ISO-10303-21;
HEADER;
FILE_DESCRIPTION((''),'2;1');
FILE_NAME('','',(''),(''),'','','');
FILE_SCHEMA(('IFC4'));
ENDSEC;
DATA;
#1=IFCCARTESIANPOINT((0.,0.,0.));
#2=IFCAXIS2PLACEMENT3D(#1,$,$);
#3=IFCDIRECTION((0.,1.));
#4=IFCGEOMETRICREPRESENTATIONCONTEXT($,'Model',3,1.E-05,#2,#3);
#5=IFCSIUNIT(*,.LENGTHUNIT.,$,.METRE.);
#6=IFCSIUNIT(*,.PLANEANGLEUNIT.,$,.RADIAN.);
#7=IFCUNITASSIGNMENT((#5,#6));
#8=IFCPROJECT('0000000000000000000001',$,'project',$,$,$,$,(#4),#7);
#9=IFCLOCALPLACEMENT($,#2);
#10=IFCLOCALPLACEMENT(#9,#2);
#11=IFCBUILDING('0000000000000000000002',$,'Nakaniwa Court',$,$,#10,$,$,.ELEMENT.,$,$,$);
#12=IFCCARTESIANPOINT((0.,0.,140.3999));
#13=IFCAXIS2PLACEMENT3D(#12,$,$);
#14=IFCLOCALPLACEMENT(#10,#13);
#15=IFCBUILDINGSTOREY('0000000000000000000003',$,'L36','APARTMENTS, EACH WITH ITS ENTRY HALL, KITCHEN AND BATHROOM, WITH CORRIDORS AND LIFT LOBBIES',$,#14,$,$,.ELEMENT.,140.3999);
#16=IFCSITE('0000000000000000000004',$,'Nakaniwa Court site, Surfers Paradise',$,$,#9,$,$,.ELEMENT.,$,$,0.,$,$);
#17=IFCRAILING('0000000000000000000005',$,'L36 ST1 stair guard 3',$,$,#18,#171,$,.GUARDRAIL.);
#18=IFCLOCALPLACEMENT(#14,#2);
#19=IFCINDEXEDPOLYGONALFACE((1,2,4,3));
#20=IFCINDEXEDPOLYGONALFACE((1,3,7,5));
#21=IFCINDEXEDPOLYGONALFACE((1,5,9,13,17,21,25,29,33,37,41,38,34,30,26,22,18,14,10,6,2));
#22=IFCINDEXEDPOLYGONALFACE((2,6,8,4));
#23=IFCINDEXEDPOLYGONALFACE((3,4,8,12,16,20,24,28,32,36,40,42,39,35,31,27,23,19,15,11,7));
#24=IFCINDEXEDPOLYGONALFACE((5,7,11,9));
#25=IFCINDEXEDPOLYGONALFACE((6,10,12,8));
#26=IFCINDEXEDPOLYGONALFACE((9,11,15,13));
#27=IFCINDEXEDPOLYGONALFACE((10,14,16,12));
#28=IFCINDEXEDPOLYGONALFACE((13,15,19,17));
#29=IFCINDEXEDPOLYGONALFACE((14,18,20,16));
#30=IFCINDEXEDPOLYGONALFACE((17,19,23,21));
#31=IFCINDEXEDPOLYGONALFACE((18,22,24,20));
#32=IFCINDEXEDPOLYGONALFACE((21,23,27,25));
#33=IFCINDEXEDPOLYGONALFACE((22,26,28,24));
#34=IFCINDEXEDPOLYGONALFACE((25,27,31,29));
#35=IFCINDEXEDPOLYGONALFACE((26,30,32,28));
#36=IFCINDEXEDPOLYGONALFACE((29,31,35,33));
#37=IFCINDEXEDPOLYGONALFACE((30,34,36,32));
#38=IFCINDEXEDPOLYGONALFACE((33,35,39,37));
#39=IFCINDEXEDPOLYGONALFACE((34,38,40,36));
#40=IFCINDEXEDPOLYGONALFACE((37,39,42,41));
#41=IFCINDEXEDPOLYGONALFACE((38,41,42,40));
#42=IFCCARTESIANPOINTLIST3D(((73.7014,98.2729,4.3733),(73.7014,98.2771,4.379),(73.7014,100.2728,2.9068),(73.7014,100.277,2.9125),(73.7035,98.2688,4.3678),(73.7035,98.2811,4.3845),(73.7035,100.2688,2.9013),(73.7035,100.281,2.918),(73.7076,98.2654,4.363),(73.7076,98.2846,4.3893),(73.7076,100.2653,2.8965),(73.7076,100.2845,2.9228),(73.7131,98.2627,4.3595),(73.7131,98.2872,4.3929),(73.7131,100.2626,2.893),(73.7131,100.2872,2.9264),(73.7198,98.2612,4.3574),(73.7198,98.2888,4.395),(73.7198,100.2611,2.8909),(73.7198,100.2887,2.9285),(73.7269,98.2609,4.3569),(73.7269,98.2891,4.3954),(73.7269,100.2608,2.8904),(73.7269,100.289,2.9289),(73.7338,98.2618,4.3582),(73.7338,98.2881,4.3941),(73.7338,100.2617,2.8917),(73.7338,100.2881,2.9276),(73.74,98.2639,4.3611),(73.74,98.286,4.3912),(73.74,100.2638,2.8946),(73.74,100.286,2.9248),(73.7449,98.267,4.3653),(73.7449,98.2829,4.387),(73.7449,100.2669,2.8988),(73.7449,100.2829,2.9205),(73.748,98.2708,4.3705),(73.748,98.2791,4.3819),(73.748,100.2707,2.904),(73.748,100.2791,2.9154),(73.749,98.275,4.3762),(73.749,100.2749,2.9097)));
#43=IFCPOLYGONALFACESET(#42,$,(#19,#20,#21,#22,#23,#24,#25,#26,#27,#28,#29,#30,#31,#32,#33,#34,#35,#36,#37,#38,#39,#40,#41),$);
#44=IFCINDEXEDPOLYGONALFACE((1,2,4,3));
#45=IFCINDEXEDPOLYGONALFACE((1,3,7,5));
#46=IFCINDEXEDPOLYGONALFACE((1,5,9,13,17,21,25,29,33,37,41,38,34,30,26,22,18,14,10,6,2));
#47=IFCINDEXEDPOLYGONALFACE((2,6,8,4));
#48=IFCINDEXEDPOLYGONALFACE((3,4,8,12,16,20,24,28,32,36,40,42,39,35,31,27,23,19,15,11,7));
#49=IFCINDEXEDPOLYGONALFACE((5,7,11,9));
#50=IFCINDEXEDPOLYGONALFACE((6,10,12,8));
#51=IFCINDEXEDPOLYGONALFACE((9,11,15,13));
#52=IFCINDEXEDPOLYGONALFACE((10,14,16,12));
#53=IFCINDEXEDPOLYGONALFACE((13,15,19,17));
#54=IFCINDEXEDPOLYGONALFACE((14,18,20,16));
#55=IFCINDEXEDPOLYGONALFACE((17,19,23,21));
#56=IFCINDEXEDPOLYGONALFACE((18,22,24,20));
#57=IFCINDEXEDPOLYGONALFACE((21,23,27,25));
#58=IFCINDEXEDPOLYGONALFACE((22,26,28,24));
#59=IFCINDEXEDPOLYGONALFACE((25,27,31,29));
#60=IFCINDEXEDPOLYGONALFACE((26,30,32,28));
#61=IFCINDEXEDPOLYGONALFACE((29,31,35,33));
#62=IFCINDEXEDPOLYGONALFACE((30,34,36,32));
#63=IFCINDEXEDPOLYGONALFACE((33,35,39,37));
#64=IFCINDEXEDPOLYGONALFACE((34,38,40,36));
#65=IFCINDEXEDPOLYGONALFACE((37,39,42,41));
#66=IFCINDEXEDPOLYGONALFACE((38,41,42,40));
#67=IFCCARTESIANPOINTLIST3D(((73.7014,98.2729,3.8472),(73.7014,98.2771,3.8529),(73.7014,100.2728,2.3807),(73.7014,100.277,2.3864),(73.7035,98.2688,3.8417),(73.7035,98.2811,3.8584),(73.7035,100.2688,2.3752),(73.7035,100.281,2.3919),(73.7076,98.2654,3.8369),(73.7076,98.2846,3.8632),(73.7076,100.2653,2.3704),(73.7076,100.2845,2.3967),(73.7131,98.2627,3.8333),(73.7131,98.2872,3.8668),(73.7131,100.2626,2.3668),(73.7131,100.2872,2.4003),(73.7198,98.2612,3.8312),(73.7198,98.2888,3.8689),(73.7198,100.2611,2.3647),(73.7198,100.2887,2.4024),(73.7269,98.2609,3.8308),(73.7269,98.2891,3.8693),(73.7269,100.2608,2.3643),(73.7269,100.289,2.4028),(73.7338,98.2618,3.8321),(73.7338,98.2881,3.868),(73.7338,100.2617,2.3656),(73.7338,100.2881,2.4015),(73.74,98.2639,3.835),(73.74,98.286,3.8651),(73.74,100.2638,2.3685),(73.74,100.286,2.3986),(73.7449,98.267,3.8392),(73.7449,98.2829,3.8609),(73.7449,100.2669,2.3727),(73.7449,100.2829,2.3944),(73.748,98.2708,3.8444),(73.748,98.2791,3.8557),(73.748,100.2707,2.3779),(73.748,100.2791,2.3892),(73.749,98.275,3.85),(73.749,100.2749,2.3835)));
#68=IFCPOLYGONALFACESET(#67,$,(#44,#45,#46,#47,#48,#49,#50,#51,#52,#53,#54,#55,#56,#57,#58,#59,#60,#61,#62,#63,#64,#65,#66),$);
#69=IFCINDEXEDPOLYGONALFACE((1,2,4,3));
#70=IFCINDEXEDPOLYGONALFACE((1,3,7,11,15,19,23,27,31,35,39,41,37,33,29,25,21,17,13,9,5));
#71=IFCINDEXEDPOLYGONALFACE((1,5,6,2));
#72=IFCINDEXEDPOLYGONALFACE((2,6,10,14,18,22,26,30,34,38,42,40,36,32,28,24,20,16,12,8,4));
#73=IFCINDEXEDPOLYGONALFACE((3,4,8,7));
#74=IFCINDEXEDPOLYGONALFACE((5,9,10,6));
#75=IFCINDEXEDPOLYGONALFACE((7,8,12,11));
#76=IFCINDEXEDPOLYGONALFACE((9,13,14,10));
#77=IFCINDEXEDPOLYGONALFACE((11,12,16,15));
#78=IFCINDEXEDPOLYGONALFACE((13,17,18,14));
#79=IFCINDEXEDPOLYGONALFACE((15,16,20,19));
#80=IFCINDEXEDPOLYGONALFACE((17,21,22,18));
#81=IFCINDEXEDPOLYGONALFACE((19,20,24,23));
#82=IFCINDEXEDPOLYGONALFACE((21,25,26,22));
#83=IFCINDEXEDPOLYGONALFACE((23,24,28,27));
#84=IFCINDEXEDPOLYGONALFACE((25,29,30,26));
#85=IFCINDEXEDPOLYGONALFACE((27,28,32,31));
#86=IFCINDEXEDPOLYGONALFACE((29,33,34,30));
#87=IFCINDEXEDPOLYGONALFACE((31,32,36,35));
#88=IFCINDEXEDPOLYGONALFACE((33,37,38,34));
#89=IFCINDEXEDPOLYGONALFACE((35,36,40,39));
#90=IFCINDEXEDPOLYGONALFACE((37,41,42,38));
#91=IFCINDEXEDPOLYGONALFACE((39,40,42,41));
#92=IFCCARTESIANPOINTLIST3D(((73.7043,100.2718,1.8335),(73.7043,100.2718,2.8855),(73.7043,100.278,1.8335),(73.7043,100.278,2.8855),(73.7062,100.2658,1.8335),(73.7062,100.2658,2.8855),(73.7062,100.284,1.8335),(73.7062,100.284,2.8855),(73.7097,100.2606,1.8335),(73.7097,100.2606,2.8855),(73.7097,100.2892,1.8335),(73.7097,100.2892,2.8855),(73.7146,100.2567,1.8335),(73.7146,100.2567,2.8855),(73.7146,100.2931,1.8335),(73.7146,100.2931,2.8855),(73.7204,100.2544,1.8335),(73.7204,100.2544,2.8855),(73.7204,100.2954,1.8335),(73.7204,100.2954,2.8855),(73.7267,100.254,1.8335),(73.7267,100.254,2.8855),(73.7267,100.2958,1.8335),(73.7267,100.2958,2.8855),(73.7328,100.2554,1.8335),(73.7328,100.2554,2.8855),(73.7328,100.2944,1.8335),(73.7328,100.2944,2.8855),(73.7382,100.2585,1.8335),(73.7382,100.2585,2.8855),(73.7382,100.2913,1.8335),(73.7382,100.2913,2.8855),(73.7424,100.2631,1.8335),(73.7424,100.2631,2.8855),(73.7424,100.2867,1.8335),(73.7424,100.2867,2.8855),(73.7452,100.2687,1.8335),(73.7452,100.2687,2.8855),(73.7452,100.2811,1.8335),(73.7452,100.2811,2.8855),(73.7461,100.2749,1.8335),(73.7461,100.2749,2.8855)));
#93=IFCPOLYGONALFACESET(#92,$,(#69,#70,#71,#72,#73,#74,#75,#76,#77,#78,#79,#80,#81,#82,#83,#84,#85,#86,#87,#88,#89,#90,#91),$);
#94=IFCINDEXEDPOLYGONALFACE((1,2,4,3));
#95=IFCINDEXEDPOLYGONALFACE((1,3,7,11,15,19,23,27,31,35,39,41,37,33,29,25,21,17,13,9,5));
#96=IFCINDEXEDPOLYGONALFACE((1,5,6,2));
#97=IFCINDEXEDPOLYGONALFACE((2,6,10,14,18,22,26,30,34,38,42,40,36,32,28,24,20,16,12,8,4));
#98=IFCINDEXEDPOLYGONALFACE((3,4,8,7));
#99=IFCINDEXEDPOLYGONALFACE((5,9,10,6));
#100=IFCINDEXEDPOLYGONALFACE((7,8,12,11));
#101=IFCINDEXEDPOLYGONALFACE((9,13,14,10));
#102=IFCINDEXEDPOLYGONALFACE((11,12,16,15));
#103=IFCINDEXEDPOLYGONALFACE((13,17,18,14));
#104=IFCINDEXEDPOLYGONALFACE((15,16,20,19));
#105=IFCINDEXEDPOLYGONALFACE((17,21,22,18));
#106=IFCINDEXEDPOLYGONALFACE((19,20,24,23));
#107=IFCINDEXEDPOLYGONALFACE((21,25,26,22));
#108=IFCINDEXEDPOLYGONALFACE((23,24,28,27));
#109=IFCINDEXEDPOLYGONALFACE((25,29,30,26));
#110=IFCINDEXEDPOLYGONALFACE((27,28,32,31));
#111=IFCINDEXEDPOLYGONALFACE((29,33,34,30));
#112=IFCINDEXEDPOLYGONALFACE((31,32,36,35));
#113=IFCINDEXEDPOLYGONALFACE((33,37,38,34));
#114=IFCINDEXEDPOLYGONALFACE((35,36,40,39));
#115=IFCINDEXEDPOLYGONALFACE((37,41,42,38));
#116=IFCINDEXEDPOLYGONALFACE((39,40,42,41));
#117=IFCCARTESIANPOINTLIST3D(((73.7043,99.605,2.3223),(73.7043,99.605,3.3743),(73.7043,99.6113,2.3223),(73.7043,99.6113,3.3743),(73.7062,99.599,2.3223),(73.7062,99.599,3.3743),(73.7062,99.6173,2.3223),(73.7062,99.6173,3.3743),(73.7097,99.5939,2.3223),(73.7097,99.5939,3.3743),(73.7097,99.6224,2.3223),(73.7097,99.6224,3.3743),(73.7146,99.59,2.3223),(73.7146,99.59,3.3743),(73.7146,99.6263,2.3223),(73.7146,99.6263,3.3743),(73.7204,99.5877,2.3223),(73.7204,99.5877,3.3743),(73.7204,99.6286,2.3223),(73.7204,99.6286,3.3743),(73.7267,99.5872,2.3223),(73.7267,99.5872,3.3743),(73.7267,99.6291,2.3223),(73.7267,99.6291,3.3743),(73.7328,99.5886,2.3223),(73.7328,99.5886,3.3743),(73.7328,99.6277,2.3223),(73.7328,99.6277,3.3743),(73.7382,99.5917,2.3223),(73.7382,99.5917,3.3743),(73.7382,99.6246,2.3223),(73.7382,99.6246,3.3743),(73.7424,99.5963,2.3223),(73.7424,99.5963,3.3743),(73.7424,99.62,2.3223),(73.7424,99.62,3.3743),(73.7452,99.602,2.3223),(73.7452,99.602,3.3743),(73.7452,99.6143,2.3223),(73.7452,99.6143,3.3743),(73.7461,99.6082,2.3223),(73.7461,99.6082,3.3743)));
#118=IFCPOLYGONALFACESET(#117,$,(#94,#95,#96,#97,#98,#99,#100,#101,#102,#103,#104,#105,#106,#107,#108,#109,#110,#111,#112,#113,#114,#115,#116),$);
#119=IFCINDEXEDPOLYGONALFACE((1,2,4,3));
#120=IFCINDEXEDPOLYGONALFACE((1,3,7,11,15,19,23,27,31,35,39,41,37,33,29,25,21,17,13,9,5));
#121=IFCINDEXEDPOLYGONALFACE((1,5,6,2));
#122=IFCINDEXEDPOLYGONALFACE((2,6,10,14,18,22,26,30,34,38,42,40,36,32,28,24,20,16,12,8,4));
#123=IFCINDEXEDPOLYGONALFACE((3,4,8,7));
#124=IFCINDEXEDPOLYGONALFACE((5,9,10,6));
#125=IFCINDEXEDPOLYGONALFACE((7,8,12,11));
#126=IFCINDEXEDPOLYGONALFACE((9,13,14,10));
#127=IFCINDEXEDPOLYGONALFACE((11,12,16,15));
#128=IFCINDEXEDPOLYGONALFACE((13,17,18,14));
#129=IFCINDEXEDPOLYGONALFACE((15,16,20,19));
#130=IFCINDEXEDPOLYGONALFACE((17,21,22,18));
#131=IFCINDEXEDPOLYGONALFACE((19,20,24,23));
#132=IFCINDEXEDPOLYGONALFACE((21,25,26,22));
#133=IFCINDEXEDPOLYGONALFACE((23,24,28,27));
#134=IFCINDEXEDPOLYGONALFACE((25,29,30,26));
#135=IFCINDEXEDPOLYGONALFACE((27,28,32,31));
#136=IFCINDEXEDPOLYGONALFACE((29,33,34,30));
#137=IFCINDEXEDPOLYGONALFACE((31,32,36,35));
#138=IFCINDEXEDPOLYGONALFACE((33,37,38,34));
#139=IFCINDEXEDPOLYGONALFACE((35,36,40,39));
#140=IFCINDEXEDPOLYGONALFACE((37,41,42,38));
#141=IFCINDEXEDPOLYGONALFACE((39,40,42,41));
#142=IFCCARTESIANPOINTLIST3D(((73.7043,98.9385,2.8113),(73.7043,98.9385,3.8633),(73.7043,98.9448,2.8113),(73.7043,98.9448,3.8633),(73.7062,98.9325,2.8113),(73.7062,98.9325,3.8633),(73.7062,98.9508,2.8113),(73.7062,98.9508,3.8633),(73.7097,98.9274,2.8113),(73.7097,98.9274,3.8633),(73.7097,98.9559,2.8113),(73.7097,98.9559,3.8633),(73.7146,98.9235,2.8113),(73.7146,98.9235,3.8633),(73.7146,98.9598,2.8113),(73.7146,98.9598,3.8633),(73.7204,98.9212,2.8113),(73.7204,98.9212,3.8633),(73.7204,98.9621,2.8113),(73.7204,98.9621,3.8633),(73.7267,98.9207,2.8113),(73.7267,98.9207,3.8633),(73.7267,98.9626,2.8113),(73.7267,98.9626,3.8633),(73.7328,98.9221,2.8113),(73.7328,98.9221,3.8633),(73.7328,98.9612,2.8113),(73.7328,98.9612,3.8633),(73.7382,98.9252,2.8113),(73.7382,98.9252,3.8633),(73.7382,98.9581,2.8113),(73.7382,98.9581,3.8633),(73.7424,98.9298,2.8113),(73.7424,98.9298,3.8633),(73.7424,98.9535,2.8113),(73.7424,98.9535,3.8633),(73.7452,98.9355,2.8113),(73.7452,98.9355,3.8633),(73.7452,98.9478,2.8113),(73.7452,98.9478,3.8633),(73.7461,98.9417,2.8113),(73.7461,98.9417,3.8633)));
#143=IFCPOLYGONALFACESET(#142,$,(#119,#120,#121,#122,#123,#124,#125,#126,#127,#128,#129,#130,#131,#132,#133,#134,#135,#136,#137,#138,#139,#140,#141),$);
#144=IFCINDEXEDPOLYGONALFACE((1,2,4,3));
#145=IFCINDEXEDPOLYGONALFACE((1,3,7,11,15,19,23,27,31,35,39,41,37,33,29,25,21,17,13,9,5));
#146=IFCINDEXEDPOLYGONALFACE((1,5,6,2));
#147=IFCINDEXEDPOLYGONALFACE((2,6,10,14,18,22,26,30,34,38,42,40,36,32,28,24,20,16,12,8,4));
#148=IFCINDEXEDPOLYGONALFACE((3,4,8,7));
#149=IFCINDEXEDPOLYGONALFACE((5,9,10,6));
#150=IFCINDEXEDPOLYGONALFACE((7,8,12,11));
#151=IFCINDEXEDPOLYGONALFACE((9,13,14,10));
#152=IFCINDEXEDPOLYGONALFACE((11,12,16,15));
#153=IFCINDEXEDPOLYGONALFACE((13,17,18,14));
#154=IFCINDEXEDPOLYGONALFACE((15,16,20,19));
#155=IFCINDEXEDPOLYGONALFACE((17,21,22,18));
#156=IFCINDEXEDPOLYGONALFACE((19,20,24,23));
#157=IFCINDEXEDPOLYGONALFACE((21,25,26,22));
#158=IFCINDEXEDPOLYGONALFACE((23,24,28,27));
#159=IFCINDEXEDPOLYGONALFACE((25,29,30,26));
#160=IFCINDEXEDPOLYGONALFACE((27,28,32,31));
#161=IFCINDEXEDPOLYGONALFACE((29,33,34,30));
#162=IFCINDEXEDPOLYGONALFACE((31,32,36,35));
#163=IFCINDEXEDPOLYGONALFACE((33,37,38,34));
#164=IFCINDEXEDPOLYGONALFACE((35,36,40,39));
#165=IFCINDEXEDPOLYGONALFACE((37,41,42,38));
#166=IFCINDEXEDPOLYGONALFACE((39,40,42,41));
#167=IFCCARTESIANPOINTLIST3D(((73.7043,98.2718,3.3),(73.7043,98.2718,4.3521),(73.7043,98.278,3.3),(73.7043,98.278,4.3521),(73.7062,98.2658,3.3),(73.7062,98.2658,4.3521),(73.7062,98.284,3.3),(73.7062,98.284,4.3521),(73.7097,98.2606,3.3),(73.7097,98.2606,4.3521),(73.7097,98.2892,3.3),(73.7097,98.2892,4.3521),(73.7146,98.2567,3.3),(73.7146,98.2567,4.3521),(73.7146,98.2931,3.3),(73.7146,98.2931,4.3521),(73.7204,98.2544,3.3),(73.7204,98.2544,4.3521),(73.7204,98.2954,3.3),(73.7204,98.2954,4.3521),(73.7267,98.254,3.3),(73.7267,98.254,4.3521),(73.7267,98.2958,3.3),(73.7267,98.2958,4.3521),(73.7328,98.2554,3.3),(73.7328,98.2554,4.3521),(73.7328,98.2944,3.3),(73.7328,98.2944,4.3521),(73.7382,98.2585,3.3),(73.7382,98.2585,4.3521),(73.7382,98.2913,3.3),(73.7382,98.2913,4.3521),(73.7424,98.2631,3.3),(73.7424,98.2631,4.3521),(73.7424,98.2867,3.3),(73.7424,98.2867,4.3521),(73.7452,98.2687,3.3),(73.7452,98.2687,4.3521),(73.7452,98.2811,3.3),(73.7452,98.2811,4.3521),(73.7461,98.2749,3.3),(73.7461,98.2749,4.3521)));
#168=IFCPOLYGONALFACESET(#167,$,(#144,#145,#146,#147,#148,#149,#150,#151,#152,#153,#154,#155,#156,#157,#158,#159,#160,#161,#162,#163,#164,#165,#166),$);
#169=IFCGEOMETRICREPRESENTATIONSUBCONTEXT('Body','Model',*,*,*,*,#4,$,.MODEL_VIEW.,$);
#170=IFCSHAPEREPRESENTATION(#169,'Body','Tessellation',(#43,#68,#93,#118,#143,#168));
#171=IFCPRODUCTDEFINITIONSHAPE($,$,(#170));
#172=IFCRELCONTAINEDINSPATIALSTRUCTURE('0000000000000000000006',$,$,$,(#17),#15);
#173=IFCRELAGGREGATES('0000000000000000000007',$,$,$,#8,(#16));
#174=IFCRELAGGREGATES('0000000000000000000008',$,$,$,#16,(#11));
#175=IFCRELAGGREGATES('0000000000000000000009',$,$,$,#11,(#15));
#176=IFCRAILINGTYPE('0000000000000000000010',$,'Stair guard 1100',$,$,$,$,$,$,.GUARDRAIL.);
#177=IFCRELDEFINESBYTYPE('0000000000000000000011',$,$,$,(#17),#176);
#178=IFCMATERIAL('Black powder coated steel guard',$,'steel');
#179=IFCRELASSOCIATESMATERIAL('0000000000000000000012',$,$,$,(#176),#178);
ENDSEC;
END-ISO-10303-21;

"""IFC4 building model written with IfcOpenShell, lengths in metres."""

from ifc_helpers import new_model, si_unit, direction, frame, origin, origin_2d, place, context, subcontext, project, spatial, circle, extrude, material, type_object, element, save


model = new_model("IFC4")

# Units and contexts
model_context = context("Model", 3, precision=1e-05, world=origin(), true_north=direction((0.0, 1.0)))
body_context = subcontext(model_context, "Body", "Model", "MODEL_VIEW")
ifc_project = project(units=[si_unit("LENGTHUNIT", "METRE"), si_unit("PLANEANGLEUNIT", "RADIAN")], contexts=[model_context])

# Site, building, storey
site_placement = place(None, origin())
site = spatial("IfcSite", under=ifc_project, at=site_placement, Name="Nakaniwa Court site, Surfers Paradise", CompositionType="ELEMENT", RefElevation=0.0)
building_placement = place(site_placement, origin())
building = spatial("IfcBuilding", under=site, at=building_placement, Name="Nakaniwa Court", CompositionType="ELEMENT")
storey_placement = place(building_placement, frame((0.0, 0.0, 140.3999)))
storey = spatial("IfcBuildingStorey", under=building, at=storey_placement, Name="L36", Description="APARTMENTS, EACH WITH ITS ENTRY HALL, KITCHEN AND BATHROOM, WITH CORRIDORS AND LIFT LOBBIES", CompositionType="ELEMENT", Elevation=140.3999)

# Railing
ifc_material_1 = material(Name="Black powder coated steel guard", Category="steel")
railing_type_1 = type_object("IfcRailingType", Name="Stair guard 1100", PredefinedType="GUARDRAIL", material=ifc_material_1)
railing_1_placement = place(storey_placement, frame((73.7251, 100.2749, 1.8335)))
element("IfcRailing", 1, at=railing_1_placement, inside=storey, type_object=railing_type_1, Name="L36 ST1 stair guard 3", PredefinedType="GUARDRAIL", context=body_context, shape_type="SweptSolid", body=[
    extrude(circle(Radius=0.0239, at=origin_2d()), frame((0.0, 0.0, 1.0762), z_axis=(0.0, -0.806427, 0.591334), x_axis=(1.0, 0.0, 0.0)), (0.0, 0.0, 1.0), 2.48),
    extrude(circle(Radius=0.0239, at=origin_2d()), frame((0.0, 0.0, 0.55), z_axis=(0.0, -0.806427, 0.591334), x_axis=(1.0, 0.0, 0.0)), (0.0, 0.0, 1.0), 2.48),
    extrude(circle(Radius=0.021, at=origin_2d()), origin(), (0.0, 0.0, 1.0), 1.052),
    extrude(circle(Radius=0.021, at=origin_2d()), frame((0.0, -0.6667, 0.4888)), (0.0, 0.0, 1.0), 1.052),
    extrude(circle(Radius=0.021, at=origin_2d()), frame((0.0, -1.3333, 0.9778)), (0.0, 0.0, 1.0), 1.052),
    extrude(circle(Radius=0.021, at=origin_2d()), frame((0.0, -2.0, 1.4666)), (0.0, 0.0, 1.0), 1.052),
])

save(model, "model.ifc")
